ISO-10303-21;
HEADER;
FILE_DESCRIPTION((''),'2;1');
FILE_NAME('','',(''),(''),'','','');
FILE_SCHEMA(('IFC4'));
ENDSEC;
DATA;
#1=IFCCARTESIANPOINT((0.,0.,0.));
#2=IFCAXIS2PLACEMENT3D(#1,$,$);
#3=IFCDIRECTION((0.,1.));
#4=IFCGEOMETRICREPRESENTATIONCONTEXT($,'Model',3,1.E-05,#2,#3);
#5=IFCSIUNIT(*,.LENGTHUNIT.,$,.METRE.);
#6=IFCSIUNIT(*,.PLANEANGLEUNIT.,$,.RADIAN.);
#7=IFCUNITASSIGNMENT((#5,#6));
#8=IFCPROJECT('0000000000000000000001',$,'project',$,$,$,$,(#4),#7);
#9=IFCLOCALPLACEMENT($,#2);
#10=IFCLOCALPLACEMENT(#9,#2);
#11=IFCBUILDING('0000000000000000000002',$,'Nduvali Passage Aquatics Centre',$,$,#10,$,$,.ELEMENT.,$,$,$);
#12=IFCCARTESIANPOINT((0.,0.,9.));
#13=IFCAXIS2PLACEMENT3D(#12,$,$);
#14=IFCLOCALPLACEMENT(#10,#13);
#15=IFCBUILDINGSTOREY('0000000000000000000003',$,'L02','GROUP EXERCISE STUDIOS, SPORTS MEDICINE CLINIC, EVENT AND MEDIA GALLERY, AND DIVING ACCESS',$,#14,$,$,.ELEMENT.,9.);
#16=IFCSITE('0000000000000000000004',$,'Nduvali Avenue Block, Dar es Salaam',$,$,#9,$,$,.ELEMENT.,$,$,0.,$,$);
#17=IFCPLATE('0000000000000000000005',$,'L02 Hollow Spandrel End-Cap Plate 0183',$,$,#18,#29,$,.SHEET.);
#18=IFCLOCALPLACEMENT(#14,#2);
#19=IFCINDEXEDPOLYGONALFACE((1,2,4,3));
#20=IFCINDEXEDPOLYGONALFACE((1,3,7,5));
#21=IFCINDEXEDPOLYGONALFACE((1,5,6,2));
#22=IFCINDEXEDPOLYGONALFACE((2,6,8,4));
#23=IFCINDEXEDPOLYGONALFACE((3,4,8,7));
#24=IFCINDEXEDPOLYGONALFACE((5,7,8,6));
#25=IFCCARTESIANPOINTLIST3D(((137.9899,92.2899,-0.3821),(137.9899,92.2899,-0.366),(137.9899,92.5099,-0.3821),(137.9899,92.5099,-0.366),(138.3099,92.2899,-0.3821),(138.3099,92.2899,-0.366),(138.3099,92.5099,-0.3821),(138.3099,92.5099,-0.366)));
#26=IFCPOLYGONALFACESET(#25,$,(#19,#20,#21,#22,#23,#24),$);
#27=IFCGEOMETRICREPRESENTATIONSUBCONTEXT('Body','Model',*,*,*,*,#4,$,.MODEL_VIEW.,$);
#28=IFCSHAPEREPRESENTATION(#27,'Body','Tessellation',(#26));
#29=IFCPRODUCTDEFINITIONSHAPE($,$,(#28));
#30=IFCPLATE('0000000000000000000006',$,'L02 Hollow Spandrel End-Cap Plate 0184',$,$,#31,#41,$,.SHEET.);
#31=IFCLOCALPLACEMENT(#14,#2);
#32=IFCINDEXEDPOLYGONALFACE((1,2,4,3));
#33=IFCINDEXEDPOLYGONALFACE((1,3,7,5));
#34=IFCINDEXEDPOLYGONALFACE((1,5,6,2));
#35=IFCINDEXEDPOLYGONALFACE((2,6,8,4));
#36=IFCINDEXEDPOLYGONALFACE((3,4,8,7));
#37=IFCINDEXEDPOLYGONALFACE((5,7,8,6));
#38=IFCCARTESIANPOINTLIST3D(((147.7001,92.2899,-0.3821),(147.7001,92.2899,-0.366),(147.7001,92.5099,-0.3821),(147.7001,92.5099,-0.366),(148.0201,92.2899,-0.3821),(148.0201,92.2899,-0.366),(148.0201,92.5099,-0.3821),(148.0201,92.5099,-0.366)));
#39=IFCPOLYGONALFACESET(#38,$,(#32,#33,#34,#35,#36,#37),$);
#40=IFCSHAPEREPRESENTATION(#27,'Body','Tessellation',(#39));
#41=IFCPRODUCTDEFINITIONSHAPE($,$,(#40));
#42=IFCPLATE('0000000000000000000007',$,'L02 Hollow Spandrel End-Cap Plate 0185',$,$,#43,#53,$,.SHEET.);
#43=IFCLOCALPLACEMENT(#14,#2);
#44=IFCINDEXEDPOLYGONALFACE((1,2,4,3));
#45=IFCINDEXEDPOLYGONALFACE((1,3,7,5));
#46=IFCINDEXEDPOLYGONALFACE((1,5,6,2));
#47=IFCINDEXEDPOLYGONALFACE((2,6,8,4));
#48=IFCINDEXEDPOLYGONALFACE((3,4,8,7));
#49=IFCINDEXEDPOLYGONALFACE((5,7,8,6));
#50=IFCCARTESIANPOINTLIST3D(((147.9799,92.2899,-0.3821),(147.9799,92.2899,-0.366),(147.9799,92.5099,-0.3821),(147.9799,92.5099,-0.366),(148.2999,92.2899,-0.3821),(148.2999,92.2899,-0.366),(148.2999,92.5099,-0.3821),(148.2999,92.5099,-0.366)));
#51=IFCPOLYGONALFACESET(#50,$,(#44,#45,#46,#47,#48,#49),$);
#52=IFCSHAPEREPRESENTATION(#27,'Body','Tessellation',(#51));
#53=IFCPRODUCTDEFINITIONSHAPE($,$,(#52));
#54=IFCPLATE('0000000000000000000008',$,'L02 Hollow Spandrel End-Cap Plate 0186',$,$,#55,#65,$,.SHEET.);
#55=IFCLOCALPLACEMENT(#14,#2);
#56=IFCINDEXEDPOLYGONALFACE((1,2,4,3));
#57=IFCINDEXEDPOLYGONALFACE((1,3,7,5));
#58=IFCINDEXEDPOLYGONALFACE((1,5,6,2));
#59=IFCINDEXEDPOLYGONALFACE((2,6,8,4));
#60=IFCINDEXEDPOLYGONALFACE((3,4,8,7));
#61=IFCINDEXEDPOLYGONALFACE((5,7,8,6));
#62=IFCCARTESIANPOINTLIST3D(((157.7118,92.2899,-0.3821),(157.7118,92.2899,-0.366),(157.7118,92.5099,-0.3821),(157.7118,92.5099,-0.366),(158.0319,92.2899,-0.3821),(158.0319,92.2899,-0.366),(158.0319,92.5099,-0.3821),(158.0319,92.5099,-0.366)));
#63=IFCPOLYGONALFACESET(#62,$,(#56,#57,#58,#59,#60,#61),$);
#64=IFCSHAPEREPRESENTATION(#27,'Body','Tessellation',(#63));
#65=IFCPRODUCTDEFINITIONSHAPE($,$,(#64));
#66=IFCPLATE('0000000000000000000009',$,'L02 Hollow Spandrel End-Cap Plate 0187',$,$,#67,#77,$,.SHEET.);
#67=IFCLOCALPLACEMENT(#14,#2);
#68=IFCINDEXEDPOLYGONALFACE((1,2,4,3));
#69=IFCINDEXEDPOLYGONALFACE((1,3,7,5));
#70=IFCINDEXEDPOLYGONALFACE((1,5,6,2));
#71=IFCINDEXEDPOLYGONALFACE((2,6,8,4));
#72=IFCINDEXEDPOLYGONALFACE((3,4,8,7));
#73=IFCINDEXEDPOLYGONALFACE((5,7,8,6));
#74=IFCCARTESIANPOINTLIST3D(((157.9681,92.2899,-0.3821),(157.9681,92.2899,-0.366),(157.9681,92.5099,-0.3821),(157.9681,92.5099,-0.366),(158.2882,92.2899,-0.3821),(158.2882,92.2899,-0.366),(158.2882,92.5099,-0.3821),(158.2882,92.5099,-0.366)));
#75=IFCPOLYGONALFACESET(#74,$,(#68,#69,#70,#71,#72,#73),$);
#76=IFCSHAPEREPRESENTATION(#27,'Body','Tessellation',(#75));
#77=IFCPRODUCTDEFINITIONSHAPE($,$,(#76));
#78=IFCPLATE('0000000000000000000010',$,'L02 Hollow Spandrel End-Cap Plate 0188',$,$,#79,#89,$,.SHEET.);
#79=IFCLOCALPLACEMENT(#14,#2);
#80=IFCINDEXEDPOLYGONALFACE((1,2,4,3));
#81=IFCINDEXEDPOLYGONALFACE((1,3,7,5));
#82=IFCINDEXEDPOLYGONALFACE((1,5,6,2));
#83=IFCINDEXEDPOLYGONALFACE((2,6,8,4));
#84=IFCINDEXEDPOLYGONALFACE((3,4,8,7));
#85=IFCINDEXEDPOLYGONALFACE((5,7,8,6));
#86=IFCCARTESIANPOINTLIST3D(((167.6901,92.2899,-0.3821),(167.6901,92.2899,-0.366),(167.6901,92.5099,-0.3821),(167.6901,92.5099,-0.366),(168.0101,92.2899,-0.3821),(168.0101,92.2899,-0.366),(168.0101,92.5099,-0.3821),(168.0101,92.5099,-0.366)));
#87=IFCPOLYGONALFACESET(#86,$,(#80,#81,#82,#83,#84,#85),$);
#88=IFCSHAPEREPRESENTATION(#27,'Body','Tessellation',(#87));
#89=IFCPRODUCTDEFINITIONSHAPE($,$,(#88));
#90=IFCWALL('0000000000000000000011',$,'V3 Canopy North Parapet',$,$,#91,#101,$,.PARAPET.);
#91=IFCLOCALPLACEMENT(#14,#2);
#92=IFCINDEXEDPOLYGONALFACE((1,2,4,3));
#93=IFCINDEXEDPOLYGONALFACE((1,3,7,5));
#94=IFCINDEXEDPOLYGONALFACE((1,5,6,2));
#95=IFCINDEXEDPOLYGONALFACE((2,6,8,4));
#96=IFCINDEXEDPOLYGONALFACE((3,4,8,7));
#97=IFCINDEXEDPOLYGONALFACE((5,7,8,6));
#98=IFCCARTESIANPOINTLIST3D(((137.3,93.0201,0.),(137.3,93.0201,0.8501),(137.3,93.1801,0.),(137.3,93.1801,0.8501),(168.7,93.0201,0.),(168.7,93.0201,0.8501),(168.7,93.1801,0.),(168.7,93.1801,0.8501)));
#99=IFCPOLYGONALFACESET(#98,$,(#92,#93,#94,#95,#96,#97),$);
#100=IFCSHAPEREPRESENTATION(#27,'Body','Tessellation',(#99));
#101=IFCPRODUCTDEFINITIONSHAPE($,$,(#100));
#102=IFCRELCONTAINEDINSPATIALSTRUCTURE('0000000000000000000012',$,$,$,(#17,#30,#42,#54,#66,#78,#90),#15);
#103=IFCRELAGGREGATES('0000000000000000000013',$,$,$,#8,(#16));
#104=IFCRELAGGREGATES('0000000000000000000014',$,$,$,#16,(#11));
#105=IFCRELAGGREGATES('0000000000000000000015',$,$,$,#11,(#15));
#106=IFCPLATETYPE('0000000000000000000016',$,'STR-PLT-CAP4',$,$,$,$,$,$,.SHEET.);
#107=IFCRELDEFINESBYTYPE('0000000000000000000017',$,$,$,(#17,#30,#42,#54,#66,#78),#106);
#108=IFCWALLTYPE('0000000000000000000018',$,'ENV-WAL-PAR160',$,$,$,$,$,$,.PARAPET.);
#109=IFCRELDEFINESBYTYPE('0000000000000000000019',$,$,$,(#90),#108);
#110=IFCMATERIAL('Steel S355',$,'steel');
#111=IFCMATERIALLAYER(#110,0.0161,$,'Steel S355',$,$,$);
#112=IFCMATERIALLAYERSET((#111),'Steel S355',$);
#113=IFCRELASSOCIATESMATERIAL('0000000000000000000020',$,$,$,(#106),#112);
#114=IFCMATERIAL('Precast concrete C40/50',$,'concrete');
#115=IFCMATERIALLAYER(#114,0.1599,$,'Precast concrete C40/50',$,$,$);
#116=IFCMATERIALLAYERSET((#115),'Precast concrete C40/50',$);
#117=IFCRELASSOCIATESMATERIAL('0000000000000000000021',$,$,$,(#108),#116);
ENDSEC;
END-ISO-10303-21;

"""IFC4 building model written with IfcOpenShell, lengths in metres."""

from ifc_helpers import new_model, si_unit, direction, frame, frame_2d, origin, origin_2d, place, context, subcontext, project, spatial, rectangle, extrude, material, layer, layer_set, type_object, element, save


model = new_model("IFC4")

# Units and contexts
model_context = context("Model", 3, precision=1e-05, world=origin(), true_north=direction((0.0, 1.0)))
body_context = subcontext(model_context, "Body", "Model", "MODEL_VIEW")
ifc_project = project(units=[si_unit("LENGTHUNIT", "METRE"), si_unit("PLANEANGLEUNIT", "RADIAN")], contexts=[model_context])

# Site, building, storey
site_placement = place(None, origin())
site = spatial("IfcSite", under=ifc_project, at=site_placement, Name="Nduvali Avenue Block, Dar es Salaam", CompositionType="ELEMENT", RefElevation=0.0)
building_placement = place(site_placement, origin())
building = spatial("IfcBuilding", under=site, at=building_placement, Name="Nduvali Passage Aquatics Centre", CompositionType="ELEMENT")
storey_placement = place(building_placement, frame((0.0, 0.0, 9.0)))
storey = spatial("IfcBuildingStorey", under=building, at=storey_placement, Name="L02", Description="GROUP EXERCISE STUDIOS, SPORTS MEDICINE CLINIC, EVENT AND MEDIA GALLERY, AND DIVING ACCESS", CompositionType="ELEMENT", Elevation=9.0)

# Shared definitions
ifc_material_1 = material(Name="Steel S355", Category="steel")

# Plates
ifc_layer_1 = layer(ifc_material_1, 0.0161, Name="Steel S355")
ifc_layer_set_1 = layer_set([ifc_layer_1], Name="Steel S355")
plate_type = type_object("IfcPlateType", Name="STR-PLT-CAP4", PredefinedType="SHEET", material=ifc_layer_set_1)
for number, where, z_axis, x_axis, name in (
    (1, (138.1499, 92.3999, -0.3821), (0.0, 0.0, 1.0), (1.0, 0.0, 0.0), "L02 Hollow Spandrel End-Cap Plate 0183"),
    (2, (147.8601, 92.3999, -0.3821), (0.0, 0.0, 1.0), (1.0, 0.0, 0.0), "L02 Hollow Spandrel End-Cap Plate 0184"),
    (3, (148.1399, 92.3999, -0.3821), (0.0, 0.0, 1.0), (1.0, 0.0, 0.0), "L02 Hollow Spandrel End-Cap Plate 0185"),
    (4, (157.8718, 92.3999, -0.3821), (0.0, 0.0, 1.0), (1.0, 0.0, 0.0), "L02 Hollow Spandrel End-Cap Plate 0186"),
    (5, (158.1282, 92.3999, -0.3821), (0.0, 0.0, 1.0), (1.0, 0.0, 0.0), "L02 Hollow Spandrel End-Cap Plate 0187"),
    (6, (167.8501, 92.3999, -0.3821), (0.0, 0.0, 1.0), (1.0, 0.0, 0.0), "L02 Hollow Spandrel End-Cap Plate 0188"),
):
    element("IfcPlate", number, at=place(storey_placement, frame(where, z_axis=z_axis, x_axis=x_axis)), inside=storey, type_object=plate_type, Name=name, PredefinedType="SHEET", context=body_context, shape_type="SweptSolid", body=[
        extrude(rectangle(XDim=0.3201, YDim=0.22, at=origin_2d()), origin(), (0.0, 0.0, 1.0), 0.0161),
    ])

# Wall
ifc_material_2 = material(Name="Precast concrete C40/50", Category="concrete")
ifc_layer_2 = layer(ifc_material_2, 0.1599, Name="Precast concrete C40/50")
ifc_layer_set_2 = layer_set([ifc_layer_2], Name="Precast concrete C40/50")
wall_type = type_object("IfcWallType", Name="ENV-WAL-PAR160", PredefinedType="PARAPET", material=ifc_layer_set_2)
wall_placement = place(storey_placement, frame((137.3, 93.1001, 0.0), z_axis=(0.0, 0.0, 1.0), x_axis=(1.0, 0.0, 0.0)))
element("IfcWall", 7, at=wall_placement, inside=storey, type_object=wall_type, Name="V3 Canopy North Parapet", PredefinedType="PARAPET", context=body_context, shape_type="SweptSolid", body=[
    extrude(rectangle(XDim=31.3999, YDim=0.1599, at=frame_2d((15.7, 0.0))), origin(), (0.0, 0.0, 1.0), 0.8501),
])

save(model, "model.ifc")
